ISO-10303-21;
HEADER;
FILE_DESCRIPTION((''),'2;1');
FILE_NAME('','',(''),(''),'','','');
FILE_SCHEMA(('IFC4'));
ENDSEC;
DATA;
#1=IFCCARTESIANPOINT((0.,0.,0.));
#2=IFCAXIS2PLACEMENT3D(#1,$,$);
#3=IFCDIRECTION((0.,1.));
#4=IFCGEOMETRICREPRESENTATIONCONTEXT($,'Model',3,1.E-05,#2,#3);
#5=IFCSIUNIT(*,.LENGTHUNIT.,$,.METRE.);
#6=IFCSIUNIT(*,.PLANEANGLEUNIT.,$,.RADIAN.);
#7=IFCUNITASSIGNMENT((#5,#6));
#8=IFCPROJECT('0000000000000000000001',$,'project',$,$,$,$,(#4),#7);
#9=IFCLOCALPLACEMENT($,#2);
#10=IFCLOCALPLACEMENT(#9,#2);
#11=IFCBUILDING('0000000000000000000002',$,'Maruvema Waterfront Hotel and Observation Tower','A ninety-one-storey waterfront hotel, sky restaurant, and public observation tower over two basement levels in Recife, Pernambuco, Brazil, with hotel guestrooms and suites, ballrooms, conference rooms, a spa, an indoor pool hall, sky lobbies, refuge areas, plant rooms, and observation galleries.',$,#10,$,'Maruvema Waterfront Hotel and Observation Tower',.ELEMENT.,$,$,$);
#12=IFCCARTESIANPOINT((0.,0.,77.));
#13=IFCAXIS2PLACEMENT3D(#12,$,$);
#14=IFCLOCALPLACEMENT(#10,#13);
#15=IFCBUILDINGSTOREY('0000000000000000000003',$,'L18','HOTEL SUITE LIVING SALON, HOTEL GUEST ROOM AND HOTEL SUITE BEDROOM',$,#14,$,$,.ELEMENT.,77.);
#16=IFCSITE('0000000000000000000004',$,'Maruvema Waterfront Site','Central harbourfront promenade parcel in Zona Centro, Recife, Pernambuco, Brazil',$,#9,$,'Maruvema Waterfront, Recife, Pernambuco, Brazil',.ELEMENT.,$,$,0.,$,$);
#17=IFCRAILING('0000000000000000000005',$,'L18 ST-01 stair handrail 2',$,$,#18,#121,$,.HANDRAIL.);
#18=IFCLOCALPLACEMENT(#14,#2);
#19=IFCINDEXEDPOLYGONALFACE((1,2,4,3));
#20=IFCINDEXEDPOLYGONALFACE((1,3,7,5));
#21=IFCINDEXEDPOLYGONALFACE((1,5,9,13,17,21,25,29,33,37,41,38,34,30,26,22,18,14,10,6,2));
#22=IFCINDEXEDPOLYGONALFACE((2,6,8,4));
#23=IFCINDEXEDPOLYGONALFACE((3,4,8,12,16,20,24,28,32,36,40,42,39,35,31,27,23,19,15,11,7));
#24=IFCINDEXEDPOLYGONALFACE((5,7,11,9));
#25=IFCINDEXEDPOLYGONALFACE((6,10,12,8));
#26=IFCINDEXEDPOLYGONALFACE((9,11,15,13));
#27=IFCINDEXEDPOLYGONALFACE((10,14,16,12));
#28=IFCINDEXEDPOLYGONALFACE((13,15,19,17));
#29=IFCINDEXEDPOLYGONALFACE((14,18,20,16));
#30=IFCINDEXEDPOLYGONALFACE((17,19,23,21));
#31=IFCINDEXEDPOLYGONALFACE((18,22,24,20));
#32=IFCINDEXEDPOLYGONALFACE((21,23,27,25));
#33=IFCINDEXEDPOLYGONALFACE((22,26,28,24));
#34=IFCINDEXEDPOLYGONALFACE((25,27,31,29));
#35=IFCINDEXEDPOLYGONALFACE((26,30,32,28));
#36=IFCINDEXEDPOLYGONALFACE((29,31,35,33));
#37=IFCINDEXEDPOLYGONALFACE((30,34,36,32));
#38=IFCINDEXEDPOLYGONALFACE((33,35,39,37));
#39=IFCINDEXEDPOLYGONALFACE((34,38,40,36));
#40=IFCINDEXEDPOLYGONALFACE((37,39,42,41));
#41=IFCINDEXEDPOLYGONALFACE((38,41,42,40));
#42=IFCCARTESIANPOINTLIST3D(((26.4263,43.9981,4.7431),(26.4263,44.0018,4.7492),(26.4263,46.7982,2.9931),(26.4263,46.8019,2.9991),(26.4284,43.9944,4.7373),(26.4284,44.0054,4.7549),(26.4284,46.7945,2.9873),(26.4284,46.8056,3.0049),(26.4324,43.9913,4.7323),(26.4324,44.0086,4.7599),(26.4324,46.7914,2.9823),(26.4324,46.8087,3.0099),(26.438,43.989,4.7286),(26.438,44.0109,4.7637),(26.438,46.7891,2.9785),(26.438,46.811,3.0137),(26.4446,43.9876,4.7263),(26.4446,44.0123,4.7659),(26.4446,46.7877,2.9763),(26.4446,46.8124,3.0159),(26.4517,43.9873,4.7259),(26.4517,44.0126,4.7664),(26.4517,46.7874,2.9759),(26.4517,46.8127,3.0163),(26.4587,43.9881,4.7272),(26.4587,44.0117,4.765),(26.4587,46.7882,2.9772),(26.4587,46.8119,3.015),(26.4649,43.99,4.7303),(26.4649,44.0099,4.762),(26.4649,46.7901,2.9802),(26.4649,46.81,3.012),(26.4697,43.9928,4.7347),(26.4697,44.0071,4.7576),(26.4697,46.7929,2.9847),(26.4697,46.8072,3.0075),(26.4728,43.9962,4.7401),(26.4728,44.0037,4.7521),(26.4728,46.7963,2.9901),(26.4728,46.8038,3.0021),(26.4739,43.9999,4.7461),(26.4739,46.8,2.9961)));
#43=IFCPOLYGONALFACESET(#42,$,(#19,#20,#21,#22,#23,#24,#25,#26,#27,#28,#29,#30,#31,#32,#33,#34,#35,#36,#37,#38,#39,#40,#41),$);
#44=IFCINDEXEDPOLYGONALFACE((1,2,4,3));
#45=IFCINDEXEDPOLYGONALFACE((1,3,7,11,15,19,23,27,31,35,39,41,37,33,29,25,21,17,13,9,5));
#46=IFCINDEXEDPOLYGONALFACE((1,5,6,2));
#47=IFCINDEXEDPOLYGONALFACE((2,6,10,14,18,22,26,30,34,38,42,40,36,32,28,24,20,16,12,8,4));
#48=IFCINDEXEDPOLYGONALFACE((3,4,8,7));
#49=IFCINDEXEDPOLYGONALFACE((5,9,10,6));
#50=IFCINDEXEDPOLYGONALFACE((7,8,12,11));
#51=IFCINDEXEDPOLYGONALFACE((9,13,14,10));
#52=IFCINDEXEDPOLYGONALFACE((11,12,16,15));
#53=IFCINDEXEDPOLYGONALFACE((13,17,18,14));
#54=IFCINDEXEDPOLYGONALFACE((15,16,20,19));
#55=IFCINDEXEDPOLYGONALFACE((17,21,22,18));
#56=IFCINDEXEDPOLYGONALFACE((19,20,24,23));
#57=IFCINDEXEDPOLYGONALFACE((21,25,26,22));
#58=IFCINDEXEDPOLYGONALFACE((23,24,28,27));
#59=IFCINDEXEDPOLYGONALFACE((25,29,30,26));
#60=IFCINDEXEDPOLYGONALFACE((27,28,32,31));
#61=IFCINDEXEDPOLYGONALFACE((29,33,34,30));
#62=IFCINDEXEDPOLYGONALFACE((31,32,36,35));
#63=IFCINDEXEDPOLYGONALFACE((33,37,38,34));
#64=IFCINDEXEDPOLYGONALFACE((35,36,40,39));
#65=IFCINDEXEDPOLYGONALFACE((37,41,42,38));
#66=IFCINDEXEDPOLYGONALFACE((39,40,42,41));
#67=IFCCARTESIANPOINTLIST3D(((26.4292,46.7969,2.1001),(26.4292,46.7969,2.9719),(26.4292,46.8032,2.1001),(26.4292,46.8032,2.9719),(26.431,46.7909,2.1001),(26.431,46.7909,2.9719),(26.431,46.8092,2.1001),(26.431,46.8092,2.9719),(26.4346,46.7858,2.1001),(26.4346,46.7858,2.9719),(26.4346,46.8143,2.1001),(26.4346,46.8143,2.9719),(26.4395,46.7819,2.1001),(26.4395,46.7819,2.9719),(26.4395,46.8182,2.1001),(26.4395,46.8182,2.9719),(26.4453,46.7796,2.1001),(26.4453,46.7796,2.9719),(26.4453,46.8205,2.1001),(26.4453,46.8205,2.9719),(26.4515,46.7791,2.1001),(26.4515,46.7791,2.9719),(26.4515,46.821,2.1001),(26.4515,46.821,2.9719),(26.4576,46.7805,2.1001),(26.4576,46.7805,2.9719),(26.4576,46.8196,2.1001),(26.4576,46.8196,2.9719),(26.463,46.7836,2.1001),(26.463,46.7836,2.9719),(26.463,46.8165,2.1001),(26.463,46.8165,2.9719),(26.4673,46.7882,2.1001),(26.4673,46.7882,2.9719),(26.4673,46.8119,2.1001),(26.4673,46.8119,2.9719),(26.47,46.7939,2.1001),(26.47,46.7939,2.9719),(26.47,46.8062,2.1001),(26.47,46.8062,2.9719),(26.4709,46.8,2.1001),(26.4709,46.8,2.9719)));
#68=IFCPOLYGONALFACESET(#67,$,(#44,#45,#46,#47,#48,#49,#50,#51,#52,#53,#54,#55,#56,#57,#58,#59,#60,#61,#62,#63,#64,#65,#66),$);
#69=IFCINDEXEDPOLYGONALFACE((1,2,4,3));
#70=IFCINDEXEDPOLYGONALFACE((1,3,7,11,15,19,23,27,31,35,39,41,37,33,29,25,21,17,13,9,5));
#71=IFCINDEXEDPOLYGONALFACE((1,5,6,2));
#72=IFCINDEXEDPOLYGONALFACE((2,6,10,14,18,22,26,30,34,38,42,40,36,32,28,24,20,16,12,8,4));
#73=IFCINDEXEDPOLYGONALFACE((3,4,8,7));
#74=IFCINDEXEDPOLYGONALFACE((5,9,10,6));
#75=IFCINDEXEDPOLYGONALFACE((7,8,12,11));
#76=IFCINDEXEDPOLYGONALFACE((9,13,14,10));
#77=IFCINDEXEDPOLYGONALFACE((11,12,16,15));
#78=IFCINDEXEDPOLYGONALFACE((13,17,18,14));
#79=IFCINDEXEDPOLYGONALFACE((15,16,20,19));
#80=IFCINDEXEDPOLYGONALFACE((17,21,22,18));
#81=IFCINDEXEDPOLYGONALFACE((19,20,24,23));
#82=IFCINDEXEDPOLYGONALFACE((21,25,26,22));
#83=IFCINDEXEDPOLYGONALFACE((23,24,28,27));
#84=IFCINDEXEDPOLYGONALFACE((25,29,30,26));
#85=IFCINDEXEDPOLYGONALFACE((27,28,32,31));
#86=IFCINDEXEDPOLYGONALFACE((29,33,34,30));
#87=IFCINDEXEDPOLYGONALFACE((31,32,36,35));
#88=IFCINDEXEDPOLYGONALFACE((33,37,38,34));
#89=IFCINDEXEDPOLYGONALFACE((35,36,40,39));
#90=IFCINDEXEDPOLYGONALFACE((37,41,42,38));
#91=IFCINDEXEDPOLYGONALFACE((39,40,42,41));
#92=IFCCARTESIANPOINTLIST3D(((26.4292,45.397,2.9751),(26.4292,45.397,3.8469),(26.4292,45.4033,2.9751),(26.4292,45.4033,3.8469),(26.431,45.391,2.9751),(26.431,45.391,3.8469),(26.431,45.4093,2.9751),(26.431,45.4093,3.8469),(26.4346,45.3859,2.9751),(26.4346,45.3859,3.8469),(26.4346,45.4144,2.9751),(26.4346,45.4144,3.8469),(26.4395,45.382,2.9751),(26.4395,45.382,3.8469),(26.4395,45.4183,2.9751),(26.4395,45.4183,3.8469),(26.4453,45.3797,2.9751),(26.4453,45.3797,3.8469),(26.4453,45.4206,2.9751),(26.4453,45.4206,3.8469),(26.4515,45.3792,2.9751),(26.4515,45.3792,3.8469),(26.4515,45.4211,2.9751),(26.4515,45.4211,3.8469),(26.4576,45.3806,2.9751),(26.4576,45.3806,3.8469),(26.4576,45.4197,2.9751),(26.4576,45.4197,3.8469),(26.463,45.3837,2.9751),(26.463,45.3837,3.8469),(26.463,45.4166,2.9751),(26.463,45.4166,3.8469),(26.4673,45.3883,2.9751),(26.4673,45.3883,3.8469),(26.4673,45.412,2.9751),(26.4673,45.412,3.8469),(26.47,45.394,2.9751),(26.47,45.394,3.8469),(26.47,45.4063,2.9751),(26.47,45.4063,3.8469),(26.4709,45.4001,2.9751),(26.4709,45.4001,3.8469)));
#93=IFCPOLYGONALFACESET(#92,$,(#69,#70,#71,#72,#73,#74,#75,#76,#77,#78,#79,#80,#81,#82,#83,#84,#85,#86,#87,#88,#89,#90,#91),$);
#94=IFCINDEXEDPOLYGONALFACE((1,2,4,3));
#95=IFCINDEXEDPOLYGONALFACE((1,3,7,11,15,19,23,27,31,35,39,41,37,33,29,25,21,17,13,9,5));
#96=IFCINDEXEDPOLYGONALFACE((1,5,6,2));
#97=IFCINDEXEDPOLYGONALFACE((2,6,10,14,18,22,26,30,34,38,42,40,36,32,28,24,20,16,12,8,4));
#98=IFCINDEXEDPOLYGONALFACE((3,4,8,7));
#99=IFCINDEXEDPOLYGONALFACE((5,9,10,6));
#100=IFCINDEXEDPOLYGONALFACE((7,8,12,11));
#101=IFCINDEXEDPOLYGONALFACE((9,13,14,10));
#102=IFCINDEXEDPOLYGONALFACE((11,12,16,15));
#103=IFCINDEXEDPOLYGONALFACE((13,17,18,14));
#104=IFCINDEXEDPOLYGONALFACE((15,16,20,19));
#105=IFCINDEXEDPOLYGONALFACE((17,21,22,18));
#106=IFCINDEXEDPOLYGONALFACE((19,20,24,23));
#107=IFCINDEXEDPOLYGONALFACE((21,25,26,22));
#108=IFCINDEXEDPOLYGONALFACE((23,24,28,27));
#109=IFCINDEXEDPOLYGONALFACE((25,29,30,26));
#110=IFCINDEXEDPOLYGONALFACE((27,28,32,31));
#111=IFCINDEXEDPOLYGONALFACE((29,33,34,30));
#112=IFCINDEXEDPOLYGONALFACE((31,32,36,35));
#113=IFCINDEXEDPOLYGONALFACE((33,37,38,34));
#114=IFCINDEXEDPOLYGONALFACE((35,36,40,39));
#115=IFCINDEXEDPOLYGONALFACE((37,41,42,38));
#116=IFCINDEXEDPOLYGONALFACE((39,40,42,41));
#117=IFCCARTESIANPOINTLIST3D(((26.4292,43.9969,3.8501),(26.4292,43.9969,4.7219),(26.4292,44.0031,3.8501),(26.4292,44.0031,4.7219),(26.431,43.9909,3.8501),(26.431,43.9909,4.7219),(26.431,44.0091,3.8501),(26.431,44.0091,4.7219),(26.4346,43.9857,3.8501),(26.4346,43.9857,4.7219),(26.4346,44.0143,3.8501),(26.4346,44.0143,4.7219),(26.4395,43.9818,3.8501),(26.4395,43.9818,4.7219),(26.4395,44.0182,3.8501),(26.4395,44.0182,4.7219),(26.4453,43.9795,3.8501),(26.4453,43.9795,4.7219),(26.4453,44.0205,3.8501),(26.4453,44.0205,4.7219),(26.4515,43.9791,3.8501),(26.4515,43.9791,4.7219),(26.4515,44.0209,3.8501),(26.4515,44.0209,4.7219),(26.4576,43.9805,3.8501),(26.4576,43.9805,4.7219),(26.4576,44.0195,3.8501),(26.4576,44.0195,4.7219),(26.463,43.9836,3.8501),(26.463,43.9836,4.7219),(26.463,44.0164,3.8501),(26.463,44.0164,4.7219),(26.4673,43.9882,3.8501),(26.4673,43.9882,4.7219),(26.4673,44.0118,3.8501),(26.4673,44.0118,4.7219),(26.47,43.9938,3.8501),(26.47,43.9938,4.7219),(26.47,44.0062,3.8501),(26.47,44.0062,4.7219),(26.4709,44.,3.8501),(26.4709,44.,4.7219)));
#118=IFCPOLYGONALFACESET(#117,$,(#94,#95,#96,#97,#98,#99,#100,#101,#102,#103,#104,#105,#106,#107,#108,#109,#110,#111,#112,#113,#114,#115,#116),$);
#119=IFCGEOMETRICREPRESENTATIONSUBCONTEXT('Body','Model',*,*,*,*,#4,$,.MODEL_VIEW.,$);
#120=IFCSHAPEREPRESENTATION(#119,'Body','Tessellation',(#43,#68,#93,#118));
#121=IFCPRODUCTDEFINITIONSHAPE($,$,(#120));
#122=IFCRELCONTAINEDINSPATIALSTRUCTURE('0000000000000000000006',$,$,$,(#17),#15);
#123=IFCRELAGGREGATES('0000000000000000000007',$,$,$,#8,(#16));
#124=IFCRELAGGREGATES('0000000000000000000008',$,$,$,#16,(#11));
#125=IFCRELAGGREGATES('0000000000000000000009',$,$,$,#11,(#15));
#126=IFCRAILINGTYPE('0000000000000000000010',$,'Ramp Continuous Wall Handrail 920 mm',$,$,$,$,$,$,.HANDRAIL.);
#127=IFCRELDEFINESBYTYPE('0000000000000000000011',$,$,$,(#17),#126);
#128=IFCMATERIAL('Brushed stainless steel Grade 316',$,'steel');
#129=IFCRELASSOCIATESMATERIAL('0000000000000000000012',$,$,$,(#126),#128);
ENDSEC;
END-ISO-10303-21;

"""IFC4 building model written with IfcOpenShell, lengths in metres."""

from ifc_helpers import new_model, si_unit, direction, frame, origin, origin_2d, place, context, subcontext, project, spatial, circle, extrude, material, type_object, element, save


model = new_model("IFC4")

# Units and contexts
model_context = context("Model", 3, precision=1e-05, world=origin(), true_north=direction((0.0, 1.0)))
body_context = subcontext(model_context, "Body", "Model", "MODEL_VIEW")
ifc_project = project(units=[si_unit("LENGTHUNIT", "METRE"), si_unit("PLANEANGLEUNIT", "RADIAN")], contexts=[model_context])

# Site, building, storey
site_placement = place(None, origin())
site = spatial("IfcSite", under=ifc_project, at=site_placement, Name="Maruvema Waterfront Site", Description="Central harbourfront promenade parcel in Zona Centro, Recife, Pernambuco, Brazil", LongName="Maruvema Waterfront, Recife, Pernambuco, Brazil", CompositionType="ELEMENT", RefElevation=0.0)
building_placement = place(site_placement, origin())
building = spatial("IfcBuilding", under=site, at=building_placement, Name="Maruvema Waterfront Hotel and Observation Tower", Description="A ninety-one-storey waterfront hotel, sky restaurant, and public observation tower over two basement levels in Recife, Pernambuco, Brazil, with hotel guestrooms and suites, ballrooms, conference rooms, a spa, an indoor pool hall, sky lobbies, refuge areas, plant rooms, and observation galleries.", LongName="Maruvema Waterfront Hotel and Observation Tower", CompositionType="ELEMENT")
storey_placement = place(building_placement, frame((0.0, 0.0, 77.0)))
storey = spatial("IfcBuildingStorey", under=building, at=storey_placement, Name="L18", Description="HOTEL SUITE LIVING SALON, HOTEL GUEST ROOM AND HOTEL SUITE BEDROOM", CompositionType="ELEMENT", Elevation=77.0)

# Railing
ifc_material_1 = material(Name="Brushed stainless steel Grade 316", Category="steel")
railing_type_1 = type_object("IfcRailingType", Name="Ramp Continuous Wall Handrail 920 mm", PredefinedType="HANDRAIL", material=ifc_material_1)
railing_1_placement = place(storey_placement, frame((26.45, 46.8, 2.1001)))
element("IfcRailing", 1, at=railing_1_placement, inside=storey, type_object=railing_type_1, Name="L18 ST-01 stair handrail 2", PredefinedType="HANDRAIL", context=body_context, shape_type="SweptSolid", body=[
    extrude(circle(Radius=0.0239, at=origin_2d()), frame((0.0, 0.0, 0.896), z_axis=(0.0, -0.848002, 0.529992), x_axis=(1.0, 0.0, 0.0)), (0.0, 0.0, 1.0), 3.302),
    extrude(circle(Radius=0.021, at=origin_2d()), origin(), (0.0, 0.0, 1.0), 0.8718),
    extrude(circle(Radius=0.021, at=origin_2d()), frame((0.0, -1.3999, 0.875)), (0.0, 0.0, 1.0), 0.8718),
    extrude(circle(Radius=0.021, at=origin_2d()), frame((0.0, -2.8, 1.75)), (0.0, 0.0, 1.0), 0.8718),
])

save(model, "model.ifc")
